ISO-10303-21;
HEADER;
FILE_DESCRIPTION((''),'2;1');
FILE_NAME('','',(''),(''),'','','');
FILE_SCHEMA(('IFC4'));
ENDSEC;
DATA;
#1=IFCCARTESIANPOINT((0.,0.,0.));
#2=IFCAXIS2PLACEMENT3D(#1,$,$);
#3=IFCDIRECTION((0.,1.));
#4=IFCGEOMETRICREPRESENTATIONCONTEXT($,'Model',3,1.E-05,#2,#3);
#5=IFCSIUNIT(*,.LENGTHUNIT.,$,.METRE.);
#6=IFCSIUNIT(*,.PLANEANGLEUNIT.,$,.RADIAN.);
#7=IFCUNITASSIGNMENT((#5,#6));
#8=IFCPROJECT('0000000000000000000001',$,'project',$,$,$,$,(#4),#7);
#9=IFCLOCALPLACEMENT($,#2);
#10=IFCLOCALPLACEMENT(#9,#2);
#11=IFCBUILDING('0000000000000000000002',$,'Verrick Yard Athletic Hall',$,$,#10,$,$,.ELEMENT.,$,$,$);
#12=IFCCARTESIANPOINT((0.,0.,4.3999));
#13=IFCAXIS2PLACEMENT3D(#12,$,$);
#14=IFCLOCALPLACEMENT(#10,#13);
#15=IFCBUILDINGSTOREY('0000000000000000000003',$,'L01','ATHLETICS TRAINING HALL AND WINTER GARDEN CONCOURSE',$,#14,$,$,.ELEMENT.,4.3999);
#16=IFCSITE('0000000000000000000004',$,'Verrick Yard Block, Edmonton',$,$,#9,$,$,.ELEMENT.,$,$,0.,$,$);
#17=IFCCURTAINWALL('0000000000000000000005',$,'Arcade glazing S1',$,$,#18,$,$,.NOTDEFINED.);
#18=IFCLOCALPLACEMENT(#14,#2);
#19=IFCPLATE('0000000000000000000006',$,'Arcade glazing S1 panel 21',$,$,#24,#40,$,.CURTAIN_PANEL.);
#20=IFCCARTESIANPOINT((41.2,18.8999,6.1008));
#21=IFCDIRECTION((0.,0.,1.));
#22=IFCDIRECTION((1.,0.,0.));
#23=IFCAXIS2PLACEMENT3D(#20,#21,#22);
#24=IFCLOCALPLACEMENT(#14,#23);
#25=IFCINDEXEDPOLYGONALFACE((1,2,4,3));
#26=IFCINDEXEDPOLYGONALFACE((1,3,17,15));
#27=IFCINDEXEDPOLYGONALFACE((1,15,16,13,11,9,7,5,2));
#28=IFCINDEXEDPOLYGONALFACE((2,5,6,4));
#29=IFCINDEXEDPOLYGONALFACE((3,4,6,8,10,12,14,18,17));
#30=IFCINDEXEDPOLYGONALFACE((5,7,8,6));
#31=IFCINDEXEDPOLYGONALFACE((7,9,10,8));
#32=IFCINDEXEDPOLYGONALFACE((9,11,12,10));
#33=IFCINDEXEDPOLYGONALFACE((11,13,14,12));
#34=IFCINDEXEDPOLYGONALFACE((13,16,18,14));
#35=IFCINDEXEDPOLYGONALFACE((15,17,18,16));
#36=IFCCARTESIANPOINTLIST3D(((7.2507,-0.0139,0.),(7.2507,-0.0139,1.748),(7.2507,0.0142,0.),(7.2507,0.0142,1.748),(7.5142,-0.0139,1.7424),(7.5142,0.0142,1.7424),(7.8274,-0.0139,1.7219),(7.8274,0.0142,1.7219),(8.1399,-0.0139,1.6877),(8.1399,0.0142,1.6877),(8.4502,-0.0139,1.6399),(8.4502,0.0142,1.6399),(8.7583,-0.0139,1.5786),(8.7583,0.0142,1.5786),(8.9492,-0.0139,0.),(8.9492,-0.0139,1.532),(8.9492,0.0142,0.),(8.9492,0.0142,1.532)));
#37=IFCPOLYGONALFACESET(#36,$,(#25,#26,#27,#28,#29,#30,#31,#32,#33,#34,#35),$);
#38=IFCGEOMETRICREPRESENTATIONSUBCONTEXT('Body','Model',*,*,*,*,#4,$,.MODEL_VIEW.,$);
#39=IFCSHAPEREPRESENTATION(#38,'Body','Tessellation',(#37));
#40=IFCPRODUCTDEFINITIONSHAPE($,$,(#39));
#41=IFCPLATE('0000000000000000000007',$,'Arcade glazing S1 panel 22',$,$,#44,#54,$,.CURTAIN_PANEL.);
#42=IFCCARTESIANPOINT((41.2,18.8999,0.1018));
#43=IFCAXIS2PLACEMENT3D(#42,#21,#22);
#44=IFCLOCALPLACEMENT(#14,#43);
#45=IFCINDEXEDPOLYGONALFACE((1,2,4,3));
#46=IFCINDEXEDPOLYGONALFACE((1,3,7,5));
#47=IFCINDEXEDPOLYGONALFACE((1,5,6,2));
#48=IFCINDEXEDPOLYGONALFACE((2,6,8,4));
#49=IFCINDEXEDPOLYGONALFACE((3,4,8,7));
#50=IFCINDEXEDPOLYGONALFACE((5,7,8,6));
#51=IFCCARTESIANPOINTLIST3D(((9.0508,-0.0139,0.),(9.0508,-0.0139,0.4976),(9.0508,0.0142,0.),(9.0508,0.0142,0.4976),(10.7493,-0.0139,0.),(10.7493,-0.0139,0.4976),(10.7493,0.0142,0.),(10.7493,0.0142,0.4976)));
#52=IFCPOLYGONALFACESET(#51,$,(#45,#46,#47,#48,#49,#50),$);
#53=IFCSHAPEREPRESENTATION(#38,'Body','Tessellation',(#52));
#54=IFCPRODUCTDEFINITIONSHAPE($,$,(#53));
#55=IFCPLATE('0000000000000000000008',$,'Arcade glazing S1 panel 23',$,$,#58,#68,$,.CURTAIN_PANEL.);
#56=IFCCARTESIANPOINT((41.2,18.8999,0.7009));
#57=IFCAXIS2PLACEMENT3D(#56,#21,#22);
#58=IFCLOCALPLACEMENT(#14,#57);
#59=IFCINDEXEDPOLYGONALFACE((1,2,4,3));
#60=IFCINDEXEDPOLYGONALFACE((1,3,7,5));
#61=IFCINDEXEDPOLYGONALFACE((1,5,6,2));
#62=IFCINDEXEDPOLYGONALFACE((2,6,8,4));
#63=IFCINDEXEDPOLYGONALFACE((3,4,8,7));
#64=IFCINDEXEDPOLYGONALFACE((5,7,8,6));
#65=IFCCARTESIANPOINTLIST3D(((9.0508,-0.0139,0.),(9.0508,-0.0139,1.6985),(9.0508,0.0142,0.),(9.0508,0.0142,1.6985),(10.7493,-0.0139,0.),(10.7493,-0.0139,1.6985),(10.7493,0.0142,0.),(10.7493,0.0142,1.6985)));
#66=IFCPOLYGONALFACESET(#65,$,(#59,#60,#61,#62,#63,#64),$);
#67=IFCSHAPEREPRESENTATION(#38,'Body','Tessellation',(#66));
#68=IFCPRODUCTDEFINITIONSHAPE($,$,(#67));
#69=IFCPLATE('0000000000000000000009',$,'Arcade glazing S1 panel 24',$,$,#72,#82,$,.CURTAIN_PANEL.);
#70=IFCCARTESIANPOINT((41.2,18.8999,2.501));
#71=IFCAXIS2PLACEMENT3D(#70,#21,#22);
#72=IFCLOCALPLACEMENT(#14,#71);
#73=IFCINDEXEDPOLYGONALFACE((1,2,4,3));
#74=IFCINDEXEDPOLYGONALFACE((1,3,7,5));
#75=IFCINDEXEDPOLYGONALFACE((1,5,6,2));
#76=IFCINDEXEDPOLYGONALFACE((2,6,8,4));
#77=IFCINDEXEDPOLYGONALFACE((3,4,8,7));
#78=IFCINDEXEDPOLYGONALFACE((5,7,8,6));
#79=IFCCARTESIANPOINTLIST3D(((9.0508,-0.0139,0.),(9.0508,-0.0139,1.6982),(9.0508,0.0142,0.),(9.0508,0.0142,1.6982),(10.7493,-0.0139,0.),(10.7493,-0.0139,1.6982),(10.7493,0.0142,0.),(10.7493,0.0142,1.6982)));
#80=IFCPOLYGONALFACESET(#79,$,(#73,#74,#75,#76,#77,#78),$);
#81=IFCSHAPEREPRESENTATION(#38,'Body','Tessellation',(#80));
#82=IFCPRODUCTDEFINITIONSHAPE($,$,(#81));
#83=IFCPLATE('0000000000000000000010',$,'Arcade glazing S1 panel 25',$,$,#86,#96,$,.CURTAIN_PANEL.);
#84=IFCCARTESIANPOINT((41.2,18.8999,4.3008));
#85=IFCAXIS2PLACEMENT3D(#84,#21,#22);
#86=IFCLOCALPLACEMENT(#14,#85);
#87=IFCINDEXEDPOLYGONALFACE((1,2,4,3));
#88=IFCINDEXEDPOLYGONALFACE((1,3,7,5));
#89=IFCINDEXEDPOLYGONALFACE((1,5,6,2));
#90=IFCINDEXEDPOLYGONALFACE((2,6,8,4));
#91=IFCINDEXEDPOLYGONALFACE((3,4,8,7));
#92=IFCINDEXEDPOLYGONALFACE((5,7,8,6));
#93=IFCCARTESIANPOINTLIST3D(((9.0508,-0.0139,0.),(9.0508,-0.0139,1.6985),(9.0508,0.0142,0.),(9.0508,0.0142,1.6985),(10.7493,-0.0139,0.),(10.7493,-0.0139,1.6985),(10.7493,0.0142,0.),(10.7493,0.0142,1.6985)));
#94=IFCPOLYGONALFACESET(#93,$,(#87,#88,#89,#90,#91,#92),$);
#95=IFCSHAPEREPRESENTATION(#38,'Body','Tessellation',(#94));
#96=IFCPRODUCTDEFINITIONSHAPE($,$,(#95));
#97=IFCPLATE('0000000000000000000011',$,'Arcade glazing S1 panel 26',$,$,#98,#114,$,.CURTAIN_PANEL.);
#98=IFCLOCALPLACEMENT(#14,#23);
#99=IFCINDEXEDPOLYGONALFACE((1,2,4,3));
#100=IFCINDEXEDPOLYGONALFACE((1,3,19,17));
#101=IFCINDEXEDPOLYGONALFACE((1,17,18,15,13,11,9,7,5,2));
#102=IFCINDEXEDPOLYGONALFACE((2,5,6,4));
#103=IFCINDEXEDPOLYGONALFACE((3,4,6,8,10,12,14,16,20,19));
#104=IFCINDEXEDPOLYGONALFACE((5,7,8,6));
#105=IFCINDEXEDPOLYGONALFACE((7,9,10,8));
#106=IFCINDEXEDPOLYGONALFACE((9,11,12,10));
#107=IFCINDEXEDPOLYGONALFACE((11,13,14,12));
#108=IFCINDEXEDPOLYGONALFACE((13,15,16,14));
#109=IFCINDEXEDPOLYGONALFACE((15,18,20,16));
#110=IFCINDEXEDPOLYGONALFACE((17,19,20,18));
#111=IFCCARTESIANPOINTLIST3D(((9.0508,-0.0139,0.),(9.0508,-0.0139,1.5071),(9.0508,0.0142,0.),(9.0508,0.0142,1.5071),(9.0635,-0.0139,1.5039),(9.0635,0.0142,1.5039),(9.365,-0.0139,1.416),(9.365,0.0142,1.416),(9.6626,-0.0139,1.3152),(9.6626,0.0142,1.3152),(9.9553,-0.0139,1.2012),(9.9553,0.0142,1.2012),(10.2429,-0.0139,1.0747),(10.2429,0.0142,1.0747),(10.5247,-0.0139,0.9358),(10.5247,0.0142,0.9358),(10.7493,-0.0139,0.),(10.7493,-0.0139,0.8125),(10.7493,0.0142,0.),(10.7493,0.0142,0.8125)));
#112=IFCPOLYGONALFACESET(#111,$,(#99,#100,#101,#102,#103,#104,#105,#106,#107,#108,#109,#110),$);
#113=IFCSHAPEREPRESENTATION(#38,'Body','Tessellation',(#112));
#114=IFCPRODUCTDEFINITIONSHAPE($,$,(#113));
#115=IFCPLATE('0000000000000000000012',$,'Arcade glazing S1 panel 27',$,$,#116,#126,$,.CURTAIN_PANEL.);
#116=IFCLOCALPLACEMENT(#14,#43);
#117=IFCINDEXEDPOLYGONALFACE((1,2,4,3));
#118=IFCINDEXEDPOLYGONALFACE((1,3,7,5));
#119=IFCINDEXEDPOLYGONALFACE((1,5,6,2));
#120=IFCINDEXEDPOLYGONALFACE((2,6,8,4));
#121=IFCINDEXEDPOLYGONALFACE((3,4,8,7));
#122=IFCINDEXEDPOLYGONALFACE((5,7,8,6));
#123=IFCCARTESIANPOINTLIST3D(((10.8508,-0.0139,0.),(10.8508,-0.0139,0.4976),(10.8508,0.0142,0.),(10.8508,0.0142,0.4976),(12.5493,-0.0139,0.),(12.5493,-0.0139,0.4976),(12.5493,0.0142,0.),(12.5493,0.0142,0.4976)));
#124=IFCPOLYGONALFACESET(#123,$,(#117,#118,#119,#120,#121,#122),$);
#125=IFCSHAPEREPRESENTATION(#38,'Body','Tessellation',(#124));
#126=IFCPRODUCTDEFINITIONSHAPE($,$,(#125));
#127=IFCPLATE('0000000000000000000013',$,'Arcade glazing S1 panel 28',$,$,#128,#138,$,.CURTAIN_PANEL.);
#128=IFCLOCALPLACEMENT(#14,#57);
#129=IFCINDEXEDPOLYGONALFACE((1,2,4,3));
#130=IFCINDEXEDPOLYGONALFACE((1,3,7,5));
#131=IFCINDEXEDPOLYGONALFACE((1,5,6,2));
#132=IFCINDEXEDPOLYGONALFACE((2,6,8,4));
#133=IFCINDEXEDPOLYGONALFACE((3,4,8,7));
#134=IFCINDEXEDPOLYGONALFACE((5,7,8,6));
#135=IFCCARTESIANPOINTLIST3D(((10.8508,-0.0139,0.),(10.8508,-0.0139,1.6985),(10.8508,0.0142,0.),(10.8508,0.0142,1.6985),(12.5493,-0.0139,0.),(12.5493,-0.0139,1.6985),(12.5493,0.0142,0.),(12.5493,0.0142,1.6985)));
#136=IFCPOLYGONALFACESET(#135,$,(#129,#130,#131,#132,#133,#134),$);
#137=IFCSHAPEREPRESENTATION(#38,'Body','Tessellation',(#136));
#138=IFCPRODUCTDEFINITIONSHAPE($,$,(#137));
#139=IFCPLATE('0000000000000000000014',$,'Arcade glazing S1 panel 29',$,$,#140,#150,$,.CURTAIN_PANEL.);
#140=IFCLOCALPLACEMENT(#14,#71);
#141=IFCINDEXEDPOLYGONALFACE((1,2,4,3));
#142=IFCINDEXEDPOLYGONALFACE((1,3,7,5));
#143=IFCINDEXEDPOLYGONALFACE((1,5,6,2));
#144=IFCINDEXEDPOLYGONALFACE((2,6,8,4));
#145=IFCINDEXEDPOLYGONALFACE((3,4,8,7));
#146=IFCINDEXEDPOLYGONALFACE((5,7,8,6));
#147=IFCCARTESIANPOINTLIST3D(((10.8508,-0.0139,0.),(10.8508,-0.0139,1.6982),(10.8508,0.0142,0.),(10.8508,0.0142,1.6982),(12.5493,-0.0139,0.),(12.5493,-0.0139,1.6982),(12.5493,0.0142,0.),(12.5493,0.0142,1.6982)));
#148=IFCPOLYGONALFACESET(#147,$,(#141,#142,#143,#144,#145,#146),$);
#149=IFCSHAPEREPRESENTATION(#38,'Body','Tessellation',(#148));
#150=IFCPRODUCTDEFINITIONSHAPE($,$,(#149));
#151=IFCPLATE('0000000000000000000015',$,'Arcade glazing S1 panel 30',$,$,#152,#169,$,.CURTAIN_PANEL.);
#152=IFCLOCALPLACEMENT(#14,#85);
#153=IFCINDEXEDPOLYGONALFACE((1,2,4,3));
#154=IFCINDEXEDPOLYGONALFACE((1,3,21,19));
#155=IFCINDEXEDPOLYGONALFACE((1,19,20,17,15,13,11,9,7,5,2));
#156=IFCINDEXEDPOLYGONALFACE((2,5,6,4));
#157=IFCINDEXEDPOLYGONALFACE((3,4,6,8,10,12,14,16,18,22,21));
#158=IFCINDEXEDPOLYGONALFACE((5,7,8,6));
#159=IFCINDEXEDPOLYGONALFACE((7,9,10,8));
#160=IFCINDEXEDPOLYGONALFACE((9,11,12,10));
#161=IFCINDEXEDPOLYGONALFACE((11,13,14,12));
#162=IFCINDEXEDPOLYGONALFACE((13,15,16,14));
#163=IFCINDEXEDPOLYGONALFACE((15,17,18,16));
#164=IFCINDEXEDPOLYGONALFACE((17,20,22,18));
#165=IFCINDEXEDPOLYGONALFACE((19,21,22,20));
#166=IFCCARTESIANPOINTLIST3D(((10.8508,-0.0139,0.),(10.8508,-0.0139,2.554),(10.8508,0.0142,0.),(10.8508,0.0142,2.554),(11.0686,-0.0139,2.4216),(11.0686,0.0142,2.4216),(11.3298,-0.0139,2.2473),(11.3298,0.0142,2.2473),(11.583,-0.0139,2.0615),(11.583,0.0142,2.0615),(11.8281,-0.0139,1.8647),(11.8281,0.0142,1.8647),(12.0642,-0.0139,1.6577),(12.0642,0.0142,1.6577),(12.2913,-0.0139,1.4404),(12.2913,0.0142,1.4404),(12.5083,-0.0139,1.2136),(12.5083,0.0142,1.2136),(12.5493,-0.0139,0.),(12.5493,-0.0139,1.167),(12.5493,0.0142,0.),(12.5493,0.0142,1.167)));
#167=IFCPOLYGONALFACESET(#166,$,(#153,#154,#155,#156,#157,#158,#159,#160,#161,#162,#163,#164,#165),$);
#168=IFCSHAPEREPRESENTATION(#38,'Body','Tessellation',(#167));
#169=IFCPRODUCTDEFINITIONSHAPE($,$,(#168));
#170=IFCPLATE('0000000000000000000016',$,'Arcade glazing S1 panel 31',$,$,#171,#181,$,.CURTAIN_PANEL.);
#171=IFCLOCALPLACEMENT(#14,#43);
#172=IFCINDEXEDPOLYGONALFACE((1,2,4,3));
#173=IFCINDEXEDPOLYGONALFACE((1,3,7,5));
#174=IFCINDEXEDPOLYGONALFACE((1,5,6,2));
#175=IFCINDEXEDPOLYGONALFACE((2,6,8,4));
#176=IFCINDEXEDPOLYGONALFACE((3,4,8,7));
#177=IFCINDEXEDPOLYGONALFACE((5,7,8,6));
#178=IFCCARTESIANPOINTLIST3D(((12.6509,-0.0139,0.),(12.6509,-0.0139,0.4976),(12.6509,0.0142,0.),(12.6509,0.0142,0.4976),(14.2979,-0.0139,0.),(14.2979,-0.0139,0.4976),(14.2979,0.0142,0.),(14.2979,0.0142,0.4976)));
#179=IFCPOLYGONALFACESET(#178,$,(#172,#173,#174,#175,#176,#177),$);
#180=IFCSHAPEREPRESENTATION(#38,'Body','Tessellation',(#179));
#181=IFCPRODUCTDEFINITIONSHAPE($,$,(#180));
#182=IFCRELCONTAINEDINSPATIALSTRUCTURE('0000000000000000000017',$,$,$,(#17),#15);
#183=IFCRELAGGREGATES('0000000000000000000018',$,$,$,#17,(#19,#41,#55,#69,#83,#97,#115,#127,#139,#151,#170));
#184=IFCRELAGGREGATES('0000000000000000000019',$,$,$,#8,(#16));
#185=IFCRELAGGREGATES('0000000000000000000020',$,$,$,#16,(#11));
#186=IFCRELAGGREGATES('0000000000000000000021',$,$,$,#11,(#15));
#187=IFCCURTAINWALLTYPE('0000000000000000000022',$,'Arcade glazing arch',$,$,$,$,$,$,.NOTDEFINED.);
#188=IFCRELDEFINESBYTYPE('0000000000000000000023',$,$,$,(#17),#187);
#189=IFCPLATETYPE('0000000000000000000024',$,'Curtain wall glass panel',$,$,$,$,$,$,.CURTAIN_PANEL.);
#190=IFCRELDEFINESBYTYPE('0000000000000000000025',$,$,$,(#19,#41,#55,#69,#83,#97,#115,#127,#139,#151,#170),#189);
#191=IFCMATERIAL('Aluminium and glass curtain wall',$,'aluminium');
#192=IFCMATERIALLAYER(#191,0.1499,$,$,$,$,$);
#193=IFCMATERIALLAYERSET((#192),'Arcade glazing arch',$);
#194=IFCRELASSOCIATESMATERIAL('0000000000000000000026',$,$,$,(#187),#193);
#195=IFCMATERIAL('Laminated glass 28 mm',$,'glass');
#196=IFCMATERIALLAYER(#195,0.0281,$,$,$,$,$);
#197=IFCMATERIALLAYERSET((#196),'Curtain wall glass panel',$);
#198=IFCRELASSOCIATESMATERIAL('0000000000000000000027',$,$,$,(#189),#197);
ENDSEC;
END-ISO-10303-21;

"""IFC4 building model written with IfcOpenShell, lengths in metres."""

from ifc_helpers import new_model, si_unit, direction, frame, origin, place, context, subcontext, project, spatial, polyline, outline, extrude, material, layer, layer_set, type_object, element, aggregate, save


model = new_model("IFC4")

# Units and contexts
model_context = context("Model", 3, precision=1e-05, world=origin(), true_north=direction((0.0, 1.0)))
body_context = subcontext(model_context, "Body", "Model", "MODEL_VIEW")
ifc_project = project(units=[si_unit("LENGTHUNIT", "METRE"), si_unit("PLANEANGLEUNIT", "RADIAN")], contexts=[model_context])

# Site, building, storey
site_placement = place(None, origin())
site = spatial("IfcSite", under=ifc_project, at=site_placement, Name="Verrick Yard Block, Edmonton", CompositionType="ELEMENT", RefElevation=0.0)
building_placement = place(site_placement, origin())
building = spatial("IfcBuilding", under=site, at=building_placement, Name="Verrick Yard Athletic Hall", CompositionType="ELEMENT")
storey_placement = place(building_placement, frame((0.0, 0.0, 4.3999)))
storey = spatial("IfcBuildingStorey", under=building, at=storey_placement, Name="L01", Description="ATHLETICS TRAINING HALL AND WINTER GARDEN CONCOURSE", CompositionType="ELEMENT", Elevation=4.3999)

# Curtain wall, plates
ifc_material_1 = material(Name="Aluminium and glass curtain wall", Category="aluminium")
ifc_layer_1 = layer(ifc_material_1, 0.1499)
ifc_layer_set_1 = layer_set([ifc_layer_1], Name="Arcade glazing arch")
curtain_wall_type = type_object("IfcCurtainWallType", Name="Arcade glazing arch", PredefinedType="NOTDEFINED", material=ifc_layer_set_1)
curtain_wall_placement = place(storey_placement, origin())
curtain_wall = element("IfcCurtainWall", 1, at=curtain_wall_placement, inside=storey, type_object=curtain_wall_type, Name="Arcade glazing S1", PredefinedType="NOTDEFINED")
ifc_material_2 = material(Name="Laminated glass 28 mm", Category="glass")
ifc_layer_2 = layer(ifc_material_2, 0.0281)
ifc_layer_set_2 = layer_set([ifc_layer_2], Name="Curtain wall glass panel")
plate_type = type_object("IfcPlateType", Name="Curtain wall glass panel", PredefinedType="CURTAIN_PANEL", material=ifc_layer_set_2)
plate_1_placement = place(storey_placement, frame((41.2, 18.8999, 6.1008), z_axis=(0.0, 0.0, 1.0), x_axis=(1.0, 0.0, 0.0)))
plate_1 = element("IfcPlate", 2, at=plate_1_placement, type_object=plate_type, Name="Arcade glazing S1 panel 21", PredefinedType="CURTAIN_PANEL", context=body_context, shape_type="SweptSolid", body=[
    extrude(outline(polyline([(8.9492, 1.532), (8.7583, 1.5786), (8.4502, 1.6399), (8.1399, 1.6877), (7.8274, 1.7219), (7.5142, 1.7424), (7.2507, 1.748), (7.2507, 0.0), (8.9492, 0.0), (8.9492, 1.532)])), frame((0.0, 0.0142, 0.0), z_axis=(0.0, -1.0, 0.0), x_axis=(1.0, 0.0, 0.0)), (0.0, 0.0, 1.0), 0.0281),
])
plate_2_placement = place(storey_placement, frame((41.2, 18.8999, 0.1018), z_axis=(0.0, 0.0, 1.0), x_axis=(1.0, 0.0, 0.0)))
plate_2 = element("IfcPlate", 3, at=plate_2_placement, type_object=plate_type, Name="Arcade glazing S1 panel 22", PredefinedType="CURTAIN_PANEL", context=body_context, shape_type="SweptSolid", body=[
    extrude(outline(polyline([(10.7493, 0.0), (10.7493, 0.4976), (9.0508, 0.4976), (9.0508, 0.0), (10.7493, 0.0)])), frame((0.0, 0.0142, 0.0), z_axis=(0.0, -1.0, 0.0), x_axis=(1.0, 0.0, 0.0)), (0.0, 0.0, 1.0), 0.0281),
])
plate_3_placement = place(storey_placement, frame((41.2, 18.8999, 0.7009), z_axis=(0.0, 0.0, 1.0), x_axis=(1.0, 0.0, 0.0)))
plate_3 = element("IfcPlate", 4, at=plate_3_placement, type_object=plate_type, Name="Arcade glazing S1 panel 23", PredefinedType="CURTAIN_PANEL", context=body_context, shape_type="SweptSolid", body=[
    extrude(outline(polyline([(10.7493, 0.0), (10.7493, 1.6985), (9.0508, 1.6985), (9.0508, 0.0), (10.7493, 0.0)])), frame((0.0, 0.0142, 0.0), z_axis=(0.0, -1.0, 0.0), x_axis=(1.0, 0.0, 0.0)), (0.0, 0.0, 1.0), 0.0281),
])
plate_4_placement = place(storey_placement, frame((41.2, 18.8999, 2.501), z_axis=(0.0, 0.0, 1.0), x_axis=(1.0, 0.0, 0.0)))
plate_4 = element("IfcPlate", 5, at=plate_4_placement, type_object=plate_type, Name="Arcade glazing S1 panel 24", PredefinedType="CURTAIN_PANEL", context=body_context, shape_type="SweptSolid", body=[
    extrude(outline(polyline([(10.7493, 0.0), (10.7493, 1.6982), (9.0508, 1.6982), (9.0508, 0.0), (10.7493, 0.0)])), frame((0.0, 0.0142, 0.0), z_axis=(0.0, -1.0, 0.0), x_axis=(1.0, 0.0, 0.0)), (0.0, 0.0, 1.0), 0.0281),
])
plate_5_placement = place(storey_placement, frame((41.2, 18.8999, 4.3008), z_axis=(0.0, 0.0, 1.0), x_axis=(1.0, 0.0, 0.0)))
plate_5 = element("IfcPlate", 6, at=plate_5_placement, type_object=plate_type, Name="Arcade glazing S1 panel 25", PredefinedType="CURTAIN_PANEL", context=body_context, shape_type="SweptSolid", body=[
    extrude(outline(polyline([(10.7493, 0.0), (10.7493, 1.6985), (9.0508, 1.6985), (9.0508, 0.0), (10.7493, 0.0)])), frame((0.0, 0.0142, 0.0), z_axis=(0.0, -1.0, 0.0), x_axis=(1.0, 0.0, 0.0)), (0.0, 0.0, 1.0), 0.0281),
])
plate_6_placement = place(storey_placement, frame((41.2, 18.8999, 6.1008), z_axis=(0.0, 0.0, 1.0), x_axis=(1.0, 0.0, 0.0)))
plate_6 = element("IfcPlate", 7, at=plate_6_placement, type_object=plate_type, Name="Arcade glazing S1 panel 26", PredefinedType="CURTAIN_PANEL", context=body_context, shape_type="SweptSolid", body=[
    extrude(outline(polyline([(10.7493, 0.8125), (10.5247, 0.9358), (10.2429, 1.0747), (9.9553, 1.2012), (9.6626, 1.3152), (9.365, 1.416), (9.0635, 1.5039), (9.0508, 1.5071), (9.0508, 0.0), (10.7493, 0.0), (10.7493, 0.8125)])), frame((0.0, 0.0142, 0.0), z_axis=(0.0, -1.0, 0.0), x_axis=(1.0, 0.0, 0.0)), (0.0, 0.0, 1.0), 0.0281),
])
plate_7_placement = place(storey_placement, frame((41.2, 18.8999, 0.1018), z_axis=(0.0, 0.0, 1.0), x_axis=(1.0, 0.0, 0.0)))
plate_7 = element("IfcPlate", 8, at=plate_7_placement, type_object=plate_type, Name="Arcade glazing S1 panel 27", PredefinedType="CURTAIN_PANEL", context=body_context, shape_type="SweptSolid", body=[
    extrude(outline(polyline([(12.5493, 0.0), (12.5493, 0.4976), (10.8508, 0.4976), (10.8508, 0.0), (12.5493, 0.0)])), frame((0.0, 0.0142, 0.0), z_axis=(0.0, -1.0, 0.0), x_axis=(1.0, 0.0, 0.0)), (0.0, 0.0, 1.0), 0.0281),
])
plate_8_placement = place(storey_placement, frame((41.2, 18.8999, 0.7009), z_axis=(0.0, 0.0, 1.0), x_axis=(1.0, 0.0, 0.0)))
plate_8 = element("IfcPlate", 9, at=plate_8_placement, type_object=plate_type, Name="Arcade glazing S1 panel 28", PredefinedType="CURTAIN_PANEL", context=body_context, shape_type="SweptSolid", body=[
    extrude(outline(polyline([(12.5493, 0.0), (12.5493, 1.6985), (10.8508, 1.6985), (10.8508, 0.0), (12.5493, 0.0)])), frame((0.0, 0.0142, 0.0), z_axis=(0.0, -1.0, 0.0), x_axis=(1.0, 0.0, 0.0)), (0.0, 0.0, 1.0), 0.0281),
])
plate_9_placement = place(storey_placement, frame((41.2, 18.8999, 2.501), z_axis=(0.0, 0.0, 1.0), x_axis=(1.0, 0.0, 0.0)))
plate_9 = element("IfcPlate", 10, at=plate_9_placement, type_object=plate_type, Name="Arcade glazing S1 panel 29", PredefinedType="CURTAIN_PANEL", context=body_context, shape_type="SweptSolid", body=[
    extrude(outline(polyline([(12.5493, 0.0), (12.5493, 1.6982), (10.8508, 1.6982), (10.8508, 0.0), (12.5493, 0.0)])), frame((0.0, 0.0142, 0.0), z_axis=(0.0, -1.0, 0.0), x_axis=(1.0, 0.0, 0.0)), (0.0, 0.0, 1.0), 0.0281),
])
plate_10_placement = place(storey_placement, frame((41.2, 18.8999, 4.3008), z_axis=(0.0, 0.0, 1.0), x_axis=(1.0, 0.0, 0.0)))
plate_10 = element("IfcPlate", 11, at=plate_10_placement, type_object=plate_type, Name="Arcade glazing S1 panel 30", PredefinedType="CURTAIN_PANEL", context=body_context, shape_type="SweptSolid", body=[
    extrude(outline(polyline([(12.5493, 1.167), (12.5083, 1.2136), (12.2913, 1.4404), (12.0642, 1.6577), (11.8281, 1.8647), (11.583, 2.0615), (11.3298, 2.2473), (11.0686, 2.4216), (10.8508, 2.554), (10.8508, 0.0), (12.5493, 0.0), (12.5493, 1.167)])), frame((0.0, 0.0142, 0.0), z_axis=(0.0, -1.0, 0.0), x_axis=(1.0, 0.0, 0.0)), (0.0, 0.0, 1.0), 0.0281),
])
plate_11_placement = place(storey_placement, frame((41.2, 18.8999, 0.1018), z_axis=(0.0, 0.0, 1.0), x_axis=(1.0, 0.0, 0.0)))
plate_11 = element("IfcPlate", 12, at=plate_11_placement, type_object=plate_type, Name="Arcade glazing S1 panel 31", PredefinedType="CURTAIN_PANEL", context=body_context, shape_type="SweptSolid", body=[
    extrude(outline(polyline([(14.2979, 0.0), (14.2979, 0.4976), (12.6509, 0.4976), (12.6509, 0.0), (14.2979, 0.0)])), frame((0.0, 0.0142, 0.0), z_axis=(0.0, -1.0, 0.0), x_axis=(1.0, 0.0, 0.0)), (0.0, 0.0, 1.0), 0.0281),
])
aggregate(curtain_wall, [plate_1, plate_2, plate_3, plate_4, plate_5, plate_6, plate_7, plate_8, plate_9, plate_10, plate_11])

save(model, "model.ifc")
